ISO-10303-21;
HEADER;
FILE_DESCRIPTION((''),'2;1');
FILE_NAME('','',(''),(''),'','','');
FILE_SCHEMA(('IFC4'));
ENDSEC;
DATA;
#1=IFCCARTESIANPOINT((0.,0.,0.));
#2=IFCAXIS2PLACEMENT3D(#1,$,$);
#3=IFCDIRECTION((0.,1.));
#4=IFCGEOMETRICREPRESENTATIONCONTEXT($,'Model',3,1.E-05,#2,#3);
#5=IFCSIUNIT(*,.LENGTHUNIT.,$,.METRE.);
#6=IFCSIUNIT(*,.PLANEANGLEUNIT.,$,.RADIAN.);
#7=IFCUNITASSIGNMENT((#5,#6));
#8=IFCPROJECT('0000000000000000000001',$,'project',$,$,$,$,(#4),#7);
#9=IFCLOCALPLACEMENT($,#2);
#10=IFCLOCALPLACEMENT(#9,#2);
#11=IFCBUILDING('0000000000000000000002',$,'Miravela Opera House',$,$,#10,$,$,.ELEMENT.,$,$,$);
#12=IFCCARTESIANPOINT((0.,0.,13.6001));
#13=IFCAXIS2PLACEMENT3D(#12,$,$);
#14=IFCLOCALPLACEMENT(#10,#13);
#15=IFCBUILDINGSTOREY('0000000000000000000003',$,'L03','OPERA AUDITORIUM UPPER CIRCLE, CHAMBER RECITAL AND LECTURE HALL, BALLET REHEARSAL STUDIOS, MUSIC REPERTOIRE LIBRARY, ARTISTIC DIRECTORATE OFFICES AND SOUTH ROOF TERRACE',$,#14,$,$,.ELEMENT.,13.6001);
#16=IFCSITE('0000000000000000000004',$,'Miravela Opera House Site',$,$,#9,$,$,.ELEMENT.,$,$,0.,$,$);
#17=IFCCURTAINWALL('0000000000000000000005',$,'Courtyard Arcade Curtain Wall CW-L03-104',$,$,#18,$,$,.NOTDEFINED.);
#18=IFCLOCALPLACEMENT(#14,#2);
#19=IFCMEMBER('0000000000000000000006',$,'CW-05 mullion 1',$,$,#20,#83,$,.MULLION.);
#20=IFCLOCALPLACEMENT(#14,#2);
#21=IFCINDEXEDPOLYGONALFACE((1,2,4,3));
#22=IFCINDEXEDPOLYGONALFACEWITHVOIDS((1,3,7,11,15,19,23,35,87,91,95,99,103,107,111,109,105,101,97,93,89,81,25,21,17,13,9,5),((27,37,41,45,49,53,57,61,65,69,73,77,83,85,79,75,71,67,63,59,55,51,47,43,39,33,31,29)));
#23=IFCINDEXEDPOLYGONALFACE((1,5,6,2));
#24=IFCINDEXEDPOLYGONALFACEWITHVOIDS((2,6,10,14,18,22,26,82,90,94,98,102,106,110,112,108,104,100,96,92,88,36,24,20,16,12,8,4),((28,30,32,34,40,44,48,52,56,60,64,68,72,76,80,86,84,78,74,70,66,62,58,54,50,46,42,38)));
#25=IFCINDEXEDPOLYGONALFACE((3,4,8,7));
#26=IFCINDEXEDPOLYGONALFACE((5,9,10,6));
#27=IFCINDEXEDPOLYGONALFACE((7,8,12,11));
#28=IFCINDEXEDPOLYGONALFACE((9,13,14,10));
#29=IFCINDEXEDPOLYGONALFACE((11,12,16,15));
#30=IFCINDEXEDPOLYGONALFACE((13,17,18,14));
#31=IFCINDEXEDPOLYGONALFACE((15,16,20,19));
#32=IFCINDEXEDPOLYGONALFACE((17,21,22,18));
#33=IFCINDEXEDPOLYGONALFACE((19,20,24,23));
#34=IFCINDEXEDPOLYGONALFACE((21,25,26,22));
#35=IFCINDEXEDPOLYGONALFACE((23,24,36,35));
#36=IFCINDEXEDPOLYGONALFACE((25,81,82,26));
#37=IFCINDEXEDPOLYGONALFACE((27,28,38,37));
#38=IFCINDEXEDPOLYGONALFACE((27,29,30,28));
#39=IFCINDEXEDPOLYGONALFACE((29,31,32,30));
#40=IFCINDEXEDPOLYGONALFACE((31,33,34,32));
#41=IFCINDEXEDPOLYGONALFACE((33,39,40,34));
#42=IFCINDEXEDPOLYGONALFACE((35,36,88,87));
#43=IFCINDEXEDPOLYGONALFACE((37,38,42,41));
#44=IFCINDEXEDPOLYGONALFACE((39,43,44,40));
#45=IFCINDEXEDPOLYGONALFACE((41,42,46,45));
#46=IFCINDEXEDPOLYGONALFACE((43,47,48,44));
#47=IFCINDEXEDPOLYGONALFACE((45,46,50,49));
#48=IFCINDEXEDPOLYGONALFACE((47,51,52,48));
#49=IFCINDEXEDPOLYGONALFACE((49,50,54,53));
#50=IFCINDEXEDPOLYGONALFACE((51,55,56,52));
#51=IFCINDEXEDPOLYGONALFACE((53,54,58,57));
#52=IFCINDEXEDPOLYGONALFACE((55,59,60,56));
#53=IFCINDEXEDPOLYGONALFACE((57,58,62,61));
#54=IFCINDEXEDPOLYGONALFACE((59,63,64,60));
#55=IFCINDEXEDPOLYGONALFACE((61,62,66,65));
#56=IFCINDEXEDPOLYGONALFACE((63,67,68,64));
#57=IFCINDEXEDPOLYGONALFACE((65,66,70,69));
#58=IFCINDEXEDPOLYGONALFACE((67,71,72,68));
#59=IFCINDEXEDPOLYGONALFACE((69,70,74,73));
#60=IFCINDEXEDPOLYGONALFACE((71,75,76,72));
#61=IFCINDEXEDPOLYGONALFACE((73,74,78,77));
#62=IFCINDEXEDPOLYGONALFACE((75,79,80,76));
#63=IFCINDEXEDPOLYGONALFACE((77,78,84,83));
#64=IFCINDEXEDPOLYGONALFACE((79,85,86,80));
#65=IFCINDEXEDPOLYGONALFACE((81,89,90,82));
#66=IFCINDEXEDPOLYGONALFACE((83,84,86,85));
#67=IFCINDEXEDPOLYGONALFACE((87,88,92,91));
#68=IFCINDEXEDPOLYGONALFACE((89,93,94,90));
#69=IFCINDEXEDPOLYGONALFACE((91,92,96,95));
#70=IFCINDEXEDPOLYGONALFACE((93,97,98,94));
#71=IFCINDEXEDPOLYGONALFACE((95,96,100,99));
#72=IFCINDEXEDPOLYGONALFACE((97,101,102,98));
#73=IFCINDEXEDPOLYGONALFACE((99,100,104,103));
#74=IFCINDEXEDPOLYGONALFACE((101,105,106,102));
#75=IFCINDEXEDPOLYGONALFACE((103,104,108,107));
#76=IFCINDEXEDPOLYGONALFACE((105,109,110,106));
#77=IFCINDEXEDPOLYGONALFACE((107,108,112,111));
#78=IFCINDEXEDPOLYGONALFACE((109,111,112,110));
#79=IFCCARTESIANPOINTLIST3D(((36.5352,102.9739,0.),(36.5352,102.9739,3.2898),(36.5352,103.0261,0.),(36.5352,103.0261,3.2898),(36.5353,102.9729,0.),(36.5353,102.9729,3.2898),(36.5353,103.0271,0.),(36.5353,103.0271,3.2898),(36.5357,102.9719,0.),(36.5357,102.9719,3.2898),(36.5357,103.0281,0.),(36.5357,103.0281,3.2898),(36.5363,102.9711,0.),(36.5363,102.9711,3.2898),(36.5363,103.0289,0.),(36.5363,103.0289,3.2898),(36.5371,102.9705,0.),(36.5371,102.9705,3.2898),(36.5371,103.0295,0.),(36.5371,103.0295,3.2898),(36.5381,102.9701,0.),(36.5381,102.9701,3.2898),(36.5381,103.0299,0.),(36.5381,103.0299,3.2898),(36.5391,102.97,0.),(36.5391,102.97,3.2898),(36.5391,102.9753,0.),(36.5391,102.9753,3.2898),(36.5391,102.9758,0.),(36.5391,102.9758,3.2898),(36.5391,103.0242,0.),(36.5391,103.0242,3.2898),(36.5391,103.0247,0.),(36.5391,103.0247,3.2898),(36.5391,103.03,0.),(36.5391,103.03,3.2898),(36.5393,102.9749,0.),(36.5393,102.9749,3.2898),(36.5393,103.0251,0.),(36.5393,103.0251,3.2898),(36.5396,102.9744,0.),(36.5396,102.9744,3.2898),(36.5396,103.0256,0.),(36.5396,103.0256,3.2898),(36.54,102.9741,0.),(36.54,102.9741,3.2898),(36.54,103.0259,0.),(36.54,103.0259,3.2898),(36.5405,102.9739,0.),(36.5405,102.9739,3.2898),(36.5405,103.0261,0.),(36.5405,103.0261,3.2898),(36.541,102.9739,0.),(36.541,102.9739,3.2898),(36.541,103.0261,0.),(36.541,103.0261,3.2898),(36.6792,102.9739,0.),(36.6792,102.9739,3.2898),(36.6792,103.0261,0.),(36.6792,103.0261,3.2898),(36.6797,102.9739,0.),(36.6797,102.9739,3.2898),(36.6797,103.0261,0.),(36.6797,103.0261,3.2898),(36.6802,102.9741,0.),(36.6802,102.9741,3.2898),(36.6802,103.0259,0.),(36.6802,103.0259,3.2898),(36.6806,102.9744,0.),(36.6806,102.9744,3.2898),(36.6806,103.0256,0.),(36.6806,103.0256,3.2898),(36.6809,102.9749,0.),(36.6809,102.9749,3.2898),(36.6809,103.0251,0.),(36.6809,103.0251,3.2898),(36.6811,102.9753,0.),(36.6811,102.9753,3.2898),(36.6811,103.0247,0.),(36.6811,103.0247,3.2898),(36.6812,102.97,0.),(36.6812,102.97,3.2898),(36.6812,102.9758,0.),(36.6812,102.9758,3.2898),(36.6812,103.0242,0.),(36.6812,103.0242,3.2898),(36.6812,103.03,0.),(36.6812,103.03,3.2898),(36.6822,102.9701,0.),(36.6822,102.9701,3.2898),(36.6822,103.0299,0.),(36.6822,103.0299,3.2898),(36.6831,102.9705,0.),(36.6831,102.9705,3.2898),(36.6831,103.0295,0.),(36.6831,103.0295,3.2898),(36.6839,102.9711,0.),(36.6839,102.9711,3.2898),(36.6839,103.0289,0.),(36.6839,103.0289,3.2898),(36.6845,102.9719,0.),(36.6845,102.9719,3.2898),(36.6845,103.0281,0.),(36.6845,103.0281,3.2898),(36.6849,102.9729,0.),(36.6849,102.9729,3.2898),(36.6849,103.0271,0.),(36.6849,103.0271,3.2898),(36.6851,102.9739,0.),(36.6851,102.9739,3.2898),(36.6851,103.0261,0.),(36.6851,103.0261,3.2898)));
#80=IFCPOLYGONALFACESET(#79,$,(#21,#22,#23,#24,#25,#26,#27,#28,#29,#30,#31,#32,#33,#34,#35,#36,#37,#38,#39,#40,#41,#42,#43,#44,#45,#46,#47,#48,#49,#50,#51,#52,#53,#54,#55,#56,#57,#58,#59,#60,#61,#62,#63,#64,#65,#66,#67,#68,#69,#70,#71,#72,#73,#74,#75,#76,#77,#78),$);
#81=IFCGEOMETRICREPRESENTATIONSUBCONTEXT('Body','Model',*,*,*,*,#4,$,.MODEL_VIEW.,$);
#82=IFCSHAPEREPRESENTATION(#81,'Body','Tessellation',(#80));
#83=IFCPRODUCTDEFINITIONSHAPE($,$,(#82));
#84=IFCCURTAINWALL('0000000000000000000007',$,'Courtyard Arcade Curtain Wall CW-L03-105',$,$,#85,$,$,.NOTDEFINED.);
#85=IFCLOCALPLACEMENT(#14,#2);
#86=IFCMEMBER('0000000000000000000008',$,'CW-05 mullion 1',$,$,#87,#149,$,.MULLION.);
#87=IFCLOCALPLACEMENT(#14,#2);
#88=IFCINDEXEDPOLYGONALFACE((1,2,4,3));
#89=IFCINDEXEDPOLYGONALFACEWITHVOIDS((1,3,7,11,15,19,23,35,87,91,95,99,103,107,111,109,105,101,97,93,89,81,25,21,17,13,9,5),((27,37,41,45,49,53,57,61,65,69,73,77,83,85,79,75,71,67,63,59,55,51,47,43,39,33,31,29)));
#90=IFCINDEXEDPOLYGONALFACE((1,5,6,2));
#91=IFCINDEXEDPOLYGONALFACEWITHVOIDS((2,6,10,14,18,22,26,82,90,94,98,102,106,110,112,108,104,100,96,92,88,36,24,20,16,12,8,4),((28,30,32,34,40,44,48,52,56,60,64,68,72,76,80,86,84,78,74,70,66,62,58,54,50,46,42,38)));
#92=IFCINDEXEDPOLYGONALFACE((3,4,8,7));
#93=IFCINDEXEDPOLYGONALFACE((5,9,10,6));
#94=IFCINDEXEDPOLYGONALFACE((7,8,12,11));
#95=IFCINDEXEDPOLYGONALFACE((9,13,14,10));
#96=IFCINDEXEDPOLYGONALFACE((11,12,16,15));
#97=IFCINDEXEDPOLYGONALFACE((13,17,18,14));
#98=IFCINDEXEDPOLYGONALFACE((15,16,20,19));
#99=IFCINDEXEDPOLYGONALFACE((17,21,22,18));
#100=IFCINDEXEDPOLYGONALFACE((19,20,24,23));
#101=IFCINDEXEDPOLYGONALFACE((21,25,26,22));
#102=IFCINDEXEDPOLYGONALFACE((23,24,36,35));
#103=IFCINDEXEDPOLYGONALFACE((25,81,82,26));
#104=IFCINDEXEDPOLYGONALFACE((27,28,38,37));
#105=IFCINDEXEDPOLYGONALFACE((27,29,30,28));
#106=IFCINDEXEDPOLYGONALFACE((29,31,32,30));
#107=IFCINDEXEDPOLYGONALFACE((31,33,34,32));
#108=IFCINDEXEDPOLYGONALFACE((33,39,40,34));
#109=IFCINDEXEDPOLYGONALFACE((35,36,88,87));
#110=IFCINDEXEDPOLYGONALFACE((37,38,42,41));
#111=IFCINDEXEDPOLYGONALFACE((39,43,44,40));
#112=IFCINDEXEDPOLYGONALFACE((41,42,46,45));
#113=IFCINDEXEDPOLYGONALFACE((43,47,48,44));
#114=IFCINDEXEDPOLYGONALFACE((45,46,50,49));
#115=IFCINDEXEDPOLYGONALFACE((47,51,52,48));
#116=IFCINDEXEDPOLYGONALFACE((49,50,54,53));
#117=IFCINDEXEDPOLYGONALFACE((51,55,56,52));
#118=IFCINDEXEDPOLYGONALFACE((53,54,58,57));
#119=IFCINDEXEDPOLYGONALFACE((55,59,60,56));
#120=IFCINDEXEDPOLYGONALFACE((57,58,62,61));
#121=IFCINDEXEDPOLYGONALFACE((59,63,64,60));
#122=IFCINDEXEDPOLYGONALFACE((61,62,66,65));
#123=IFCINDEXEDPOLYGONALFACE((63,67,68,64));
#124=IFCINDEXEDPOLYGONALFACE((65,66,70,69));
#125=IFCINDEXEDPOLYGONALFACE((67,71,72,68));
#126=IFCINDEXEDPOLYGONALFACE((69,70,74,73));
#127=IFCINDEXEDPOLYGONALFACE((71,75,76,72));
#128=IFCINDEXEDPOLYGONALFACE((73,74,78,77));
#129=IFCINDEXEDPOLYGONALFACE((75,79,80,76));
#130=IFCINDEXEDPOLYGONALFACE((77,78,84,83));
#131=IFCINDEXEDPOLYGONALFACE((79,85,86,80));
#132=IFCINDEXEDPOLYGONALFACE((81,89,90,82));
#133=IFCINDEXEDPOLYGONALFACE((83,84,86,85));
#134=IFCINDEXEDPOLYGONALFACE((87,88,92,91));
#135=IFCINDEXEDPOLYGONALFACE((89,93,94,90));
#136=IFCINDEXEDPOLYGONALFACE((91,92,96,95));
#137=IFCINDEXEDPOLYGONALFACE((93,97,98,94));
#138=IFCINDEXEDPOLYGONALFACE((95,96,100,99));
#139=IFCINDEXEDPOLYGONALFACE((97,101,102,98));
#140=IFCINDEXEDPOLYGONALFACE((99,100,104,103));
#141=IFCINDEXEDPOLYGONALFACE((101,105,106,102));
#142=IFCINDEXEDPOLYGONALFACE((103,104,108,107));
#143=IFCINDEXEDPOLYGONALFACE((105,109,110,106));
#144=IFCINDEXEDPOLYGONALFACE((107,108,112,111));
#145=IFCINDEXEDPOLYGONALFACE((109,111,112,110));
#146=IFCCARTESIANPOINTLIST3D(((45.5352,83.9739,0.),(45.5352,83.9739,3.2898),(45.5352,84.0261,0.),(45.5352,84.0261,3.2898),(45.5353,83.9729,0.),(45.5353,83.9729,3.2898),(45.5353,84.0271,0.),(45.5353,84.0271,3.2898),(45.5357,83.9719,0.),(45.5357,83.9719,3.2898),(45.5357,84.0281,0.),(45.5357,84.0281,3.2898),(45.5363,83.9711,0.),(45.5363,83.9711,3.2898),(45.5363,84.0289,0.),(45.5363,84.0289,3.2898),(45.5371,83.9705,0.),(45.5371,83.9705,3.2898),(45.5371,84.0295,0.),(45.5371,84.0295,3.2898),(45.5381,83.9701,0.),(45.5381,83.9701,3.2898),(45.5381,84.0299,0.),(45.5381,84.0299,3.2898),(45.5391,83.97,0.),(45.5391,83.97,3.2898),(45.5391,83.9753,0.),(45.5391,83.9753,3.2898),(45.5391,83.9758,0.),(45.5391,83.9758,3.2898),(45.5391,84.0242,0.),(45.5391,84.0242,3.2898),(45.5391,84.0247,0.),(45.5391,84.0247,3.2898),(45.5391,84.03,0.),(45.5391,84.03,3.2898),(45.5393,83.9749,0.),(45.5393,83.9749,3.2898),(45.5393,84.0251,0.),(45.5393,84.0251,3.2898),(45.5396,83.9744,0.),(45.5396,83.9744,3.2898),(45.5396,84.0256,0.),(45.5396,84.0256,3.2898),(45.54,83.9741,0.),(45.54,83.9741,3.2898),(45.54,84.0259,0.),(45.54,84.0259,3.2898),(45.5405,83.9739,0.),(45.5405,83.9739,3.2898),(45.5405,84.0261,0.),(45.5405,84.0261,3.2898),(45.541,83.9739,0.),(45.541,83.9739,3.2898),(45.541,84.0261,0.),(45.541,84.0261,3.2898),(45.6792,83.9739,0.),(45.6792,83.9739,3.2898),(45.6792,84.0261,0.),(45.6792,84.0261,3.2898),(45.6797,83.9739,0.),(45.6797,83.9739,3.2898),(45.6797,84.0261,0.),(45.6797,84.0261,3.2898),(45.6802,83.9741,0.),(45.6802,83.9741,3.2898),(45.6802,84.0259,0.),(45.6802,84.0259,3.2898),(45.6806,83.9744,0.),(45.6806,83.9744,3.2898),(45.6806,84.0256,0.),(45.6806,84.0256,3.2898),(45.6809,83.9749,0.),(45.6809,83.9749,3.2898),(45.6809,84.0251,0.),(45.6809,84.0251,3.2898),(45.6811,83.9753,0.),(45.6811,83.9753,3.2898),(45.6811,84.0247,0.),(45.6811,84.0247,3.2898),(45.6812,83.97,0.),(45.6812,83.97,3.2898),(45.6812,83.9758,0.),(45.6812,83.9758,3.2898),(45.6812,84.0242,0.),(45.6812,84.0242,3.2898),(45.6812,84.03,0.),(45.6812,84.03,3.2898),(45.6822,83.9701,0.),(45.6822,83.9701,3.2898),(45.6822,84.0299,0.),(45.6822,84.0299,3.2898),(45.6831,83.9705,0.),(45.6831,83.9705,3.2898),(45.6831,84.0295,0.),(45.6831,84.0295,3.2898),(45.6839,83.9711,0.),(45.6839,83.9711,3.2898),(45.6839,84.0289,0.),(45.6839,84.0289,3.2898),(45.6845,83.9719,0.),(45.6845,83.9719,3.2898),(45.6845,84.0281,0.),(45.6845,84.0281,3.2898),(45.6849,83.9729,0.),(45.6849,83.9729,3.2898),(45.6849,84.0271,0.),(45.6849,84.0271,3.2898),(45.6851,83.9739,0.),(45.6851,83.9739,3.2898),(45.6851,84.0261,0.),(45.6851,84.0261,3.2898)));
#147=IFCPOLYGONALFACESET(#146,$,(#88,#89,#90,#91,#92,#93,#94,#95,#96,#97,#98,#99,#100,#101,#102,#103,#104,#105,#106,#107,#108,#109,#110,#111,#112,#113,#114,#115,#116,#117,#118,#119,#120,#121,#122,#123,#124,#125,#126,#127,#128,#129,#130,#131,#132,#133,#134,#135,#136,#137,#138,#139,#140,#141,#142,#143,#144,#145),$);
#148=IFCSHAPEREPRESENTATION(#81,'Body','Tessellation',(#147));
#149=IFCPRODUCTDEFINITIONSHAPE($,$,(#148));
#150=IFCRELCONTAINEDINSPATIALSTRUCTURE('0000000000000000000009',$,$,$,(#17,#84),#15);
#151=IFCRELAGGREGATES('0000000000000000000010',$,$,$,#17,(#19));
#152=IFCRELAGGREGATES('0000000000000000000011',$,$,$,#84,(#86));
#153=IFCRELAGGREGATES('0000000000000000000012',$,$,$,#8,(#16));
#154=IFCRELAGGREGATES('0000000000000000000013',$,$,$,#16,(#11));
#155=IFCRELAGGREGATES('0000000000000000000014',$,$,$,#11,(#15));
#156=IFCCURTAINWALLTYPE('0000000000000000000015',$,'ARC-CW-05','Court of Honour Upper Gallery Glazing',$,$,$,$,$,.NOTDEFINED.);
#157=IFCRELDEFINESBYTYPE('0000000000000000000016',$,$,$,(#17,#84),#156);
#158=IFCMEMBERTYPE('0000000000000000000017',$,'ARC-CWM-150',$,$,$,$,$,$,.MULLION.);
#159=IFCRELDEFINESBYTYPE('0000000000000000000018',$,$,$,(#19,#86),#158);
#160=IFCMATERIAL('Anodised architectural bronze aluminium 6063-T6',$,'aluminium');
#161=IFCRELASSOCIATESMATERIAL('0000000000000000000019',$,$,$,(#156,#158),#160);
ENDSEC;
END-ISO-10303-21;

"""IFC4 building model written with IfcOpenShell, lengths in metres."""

from ifc_helpers import new_model, si_unit, direction, frame, origin, origin_2d, place, context, subcontext, project, spatial, hollow_rectangle, extrude, material, material_profile, profile_set, type_object, element, aggregate, save


model = new_model("IFC4")

# Units and contexts
model_context = context("Model", 3, precision=1e-05, world=origin(), true_north=direction((0.0, 1.0)))
body_context = subcontext(model_context, "Body", "Model", "MODEL_VIEW")
ifc_project = project(units=[si_unit("LENGTHUNIT", "METRE"), si_unit("PLANEANGLEUNIT", "RADIAN")], contexts=[model_context])

# Site, building, storey
site_placement = place(None, origin())
site = spatial("IfcSite", under=ifc_project, at=site_placement, Name="Miravela Opera House Site", CompositionType="ELEMENT", RefElevation=0.0)
building_placement = place(site_placement, origin())
building = spatial("IfcBuilding", under=site, at=building_placement, Name="Miravela Opera House", CompositionType="ELEMENT")
storey_placement = place(building_placement, frame((0.0, 0.0, 13.6001)))
storey = spatial("IfcBuildingStorey", under=building, at=storey_placement, Name="L03", Description="OPERA AUDITORIUM UPPER CIRCLE, CHAMBER RECITAL AND LECTURE HALL, BALLET REHEARSAL STUDIOS, MUSIC REPERTOIRE LIBRARY, ARTISTIC DIRECTORATE OFFICES AND SOUTH ROOF TERRACE", CompositionType="ELEMENT", Elevation=13.6001)

# Shared definitions
ifc_material_1 = material(Name="Anodised architectural bronze aluminium 6063-T6", Category="aluminium")
curtain_wall_type = type_object("IfcCurtainWallType", Name="ARC-CW-05", Description="Court of Honour Upper Gallery Glazing", PredefinedType="NOTDEFINED", material=ifc_material_1)
ifc_material_profile_1 = material_profile(ifc_material_1, hollow_rectangle(XDim=0.0601, YDim=0.1499, WallThickness=0.0039, InnerFilletRadius=0.002, OuterFilletRadius=0.0039, at=origin_2d()), Name="CWM-60X150")
ifc_profile_set_1 = profile_set([ifc_material_profile_1])
member_type_1 = type_object("IfcMemberType", Name="ARC-CWM-150", PredefinedType="MULLION", material=ifc_profile_set_1)

# Curtain wall, member
curtain_wall_1_placement = place(storey_placement, origin())
curtain_wall_1 = element("IfcCurtainWall", 1, at=curtain_wall_1_placement, inside=storey, type_object=curtain_wall_type, Name="Courtyard Arcade Curtain Wall CW-L03-104", PredefinedType="NOTDEFINED")
member_1_placement = place(storey_placement, frame((36.6101, 103.0, 0.0), z_axis=(0.0, 0.0, 1.0), x_axis=(0.0, 1.0, 0.0)))
member_1 = element("IfcMember", 2, at=member_1_placement, type_object=member_type_1, Name="CW-05 mullion 1", PredefinedType="MULLION", context=body_context, shape_type="SweptSolid", body=[
    extrude(hollow_rectangle(XDim=0.0601, YDim=0.1499, WallThickness=0.0039, InnerFilletRadius=0.002, OuterFilletRadius=0.0039, at=origin_2d()), origin(), (0.0, 0.0, 1.0), 3.2898),
])

# Curtain wall, member
curtain_wall_2_placement = place(storey_placement, origin())
curtain_wall_2 = element("IfcCurtainWall", 3, at=curtain_wall_2_placement, inside=storey, type_object=curtain_wall_type, Name="Courtyard Arcade Curtain Wall CW-L03-105", PredefinedType="NOTDEFINED")
member_2_placement = place(storey_placement, frame((45.6101, 84.0, 0.0), z_axis=(0.0, 0.0, 1.0), x_axis=(0.0, 1.0, 0.0)))
member_2 = element("IfcMember", 4, at=member_2_placement, type_object=member_type_1, Name="CW-05 mullion 1", PredefinedType="MULLION", context=body_context, shape_type="SweptSolid", body=[
    extrude(hollow_rectangle(XDim=0.0601, YDim=0.1499, WallThickness=0.0039, InnerFilletRadius=0.002, OuterFilletRadius=0.0039, at=origin_2d()), origin(), (0.0, 0.0, 1.0), 3.2898),
])

aggregate(curtain_wall_1, [member_1])

aggregate(curtain_wall_2, [member_2])

save(model, "model.ifc")
